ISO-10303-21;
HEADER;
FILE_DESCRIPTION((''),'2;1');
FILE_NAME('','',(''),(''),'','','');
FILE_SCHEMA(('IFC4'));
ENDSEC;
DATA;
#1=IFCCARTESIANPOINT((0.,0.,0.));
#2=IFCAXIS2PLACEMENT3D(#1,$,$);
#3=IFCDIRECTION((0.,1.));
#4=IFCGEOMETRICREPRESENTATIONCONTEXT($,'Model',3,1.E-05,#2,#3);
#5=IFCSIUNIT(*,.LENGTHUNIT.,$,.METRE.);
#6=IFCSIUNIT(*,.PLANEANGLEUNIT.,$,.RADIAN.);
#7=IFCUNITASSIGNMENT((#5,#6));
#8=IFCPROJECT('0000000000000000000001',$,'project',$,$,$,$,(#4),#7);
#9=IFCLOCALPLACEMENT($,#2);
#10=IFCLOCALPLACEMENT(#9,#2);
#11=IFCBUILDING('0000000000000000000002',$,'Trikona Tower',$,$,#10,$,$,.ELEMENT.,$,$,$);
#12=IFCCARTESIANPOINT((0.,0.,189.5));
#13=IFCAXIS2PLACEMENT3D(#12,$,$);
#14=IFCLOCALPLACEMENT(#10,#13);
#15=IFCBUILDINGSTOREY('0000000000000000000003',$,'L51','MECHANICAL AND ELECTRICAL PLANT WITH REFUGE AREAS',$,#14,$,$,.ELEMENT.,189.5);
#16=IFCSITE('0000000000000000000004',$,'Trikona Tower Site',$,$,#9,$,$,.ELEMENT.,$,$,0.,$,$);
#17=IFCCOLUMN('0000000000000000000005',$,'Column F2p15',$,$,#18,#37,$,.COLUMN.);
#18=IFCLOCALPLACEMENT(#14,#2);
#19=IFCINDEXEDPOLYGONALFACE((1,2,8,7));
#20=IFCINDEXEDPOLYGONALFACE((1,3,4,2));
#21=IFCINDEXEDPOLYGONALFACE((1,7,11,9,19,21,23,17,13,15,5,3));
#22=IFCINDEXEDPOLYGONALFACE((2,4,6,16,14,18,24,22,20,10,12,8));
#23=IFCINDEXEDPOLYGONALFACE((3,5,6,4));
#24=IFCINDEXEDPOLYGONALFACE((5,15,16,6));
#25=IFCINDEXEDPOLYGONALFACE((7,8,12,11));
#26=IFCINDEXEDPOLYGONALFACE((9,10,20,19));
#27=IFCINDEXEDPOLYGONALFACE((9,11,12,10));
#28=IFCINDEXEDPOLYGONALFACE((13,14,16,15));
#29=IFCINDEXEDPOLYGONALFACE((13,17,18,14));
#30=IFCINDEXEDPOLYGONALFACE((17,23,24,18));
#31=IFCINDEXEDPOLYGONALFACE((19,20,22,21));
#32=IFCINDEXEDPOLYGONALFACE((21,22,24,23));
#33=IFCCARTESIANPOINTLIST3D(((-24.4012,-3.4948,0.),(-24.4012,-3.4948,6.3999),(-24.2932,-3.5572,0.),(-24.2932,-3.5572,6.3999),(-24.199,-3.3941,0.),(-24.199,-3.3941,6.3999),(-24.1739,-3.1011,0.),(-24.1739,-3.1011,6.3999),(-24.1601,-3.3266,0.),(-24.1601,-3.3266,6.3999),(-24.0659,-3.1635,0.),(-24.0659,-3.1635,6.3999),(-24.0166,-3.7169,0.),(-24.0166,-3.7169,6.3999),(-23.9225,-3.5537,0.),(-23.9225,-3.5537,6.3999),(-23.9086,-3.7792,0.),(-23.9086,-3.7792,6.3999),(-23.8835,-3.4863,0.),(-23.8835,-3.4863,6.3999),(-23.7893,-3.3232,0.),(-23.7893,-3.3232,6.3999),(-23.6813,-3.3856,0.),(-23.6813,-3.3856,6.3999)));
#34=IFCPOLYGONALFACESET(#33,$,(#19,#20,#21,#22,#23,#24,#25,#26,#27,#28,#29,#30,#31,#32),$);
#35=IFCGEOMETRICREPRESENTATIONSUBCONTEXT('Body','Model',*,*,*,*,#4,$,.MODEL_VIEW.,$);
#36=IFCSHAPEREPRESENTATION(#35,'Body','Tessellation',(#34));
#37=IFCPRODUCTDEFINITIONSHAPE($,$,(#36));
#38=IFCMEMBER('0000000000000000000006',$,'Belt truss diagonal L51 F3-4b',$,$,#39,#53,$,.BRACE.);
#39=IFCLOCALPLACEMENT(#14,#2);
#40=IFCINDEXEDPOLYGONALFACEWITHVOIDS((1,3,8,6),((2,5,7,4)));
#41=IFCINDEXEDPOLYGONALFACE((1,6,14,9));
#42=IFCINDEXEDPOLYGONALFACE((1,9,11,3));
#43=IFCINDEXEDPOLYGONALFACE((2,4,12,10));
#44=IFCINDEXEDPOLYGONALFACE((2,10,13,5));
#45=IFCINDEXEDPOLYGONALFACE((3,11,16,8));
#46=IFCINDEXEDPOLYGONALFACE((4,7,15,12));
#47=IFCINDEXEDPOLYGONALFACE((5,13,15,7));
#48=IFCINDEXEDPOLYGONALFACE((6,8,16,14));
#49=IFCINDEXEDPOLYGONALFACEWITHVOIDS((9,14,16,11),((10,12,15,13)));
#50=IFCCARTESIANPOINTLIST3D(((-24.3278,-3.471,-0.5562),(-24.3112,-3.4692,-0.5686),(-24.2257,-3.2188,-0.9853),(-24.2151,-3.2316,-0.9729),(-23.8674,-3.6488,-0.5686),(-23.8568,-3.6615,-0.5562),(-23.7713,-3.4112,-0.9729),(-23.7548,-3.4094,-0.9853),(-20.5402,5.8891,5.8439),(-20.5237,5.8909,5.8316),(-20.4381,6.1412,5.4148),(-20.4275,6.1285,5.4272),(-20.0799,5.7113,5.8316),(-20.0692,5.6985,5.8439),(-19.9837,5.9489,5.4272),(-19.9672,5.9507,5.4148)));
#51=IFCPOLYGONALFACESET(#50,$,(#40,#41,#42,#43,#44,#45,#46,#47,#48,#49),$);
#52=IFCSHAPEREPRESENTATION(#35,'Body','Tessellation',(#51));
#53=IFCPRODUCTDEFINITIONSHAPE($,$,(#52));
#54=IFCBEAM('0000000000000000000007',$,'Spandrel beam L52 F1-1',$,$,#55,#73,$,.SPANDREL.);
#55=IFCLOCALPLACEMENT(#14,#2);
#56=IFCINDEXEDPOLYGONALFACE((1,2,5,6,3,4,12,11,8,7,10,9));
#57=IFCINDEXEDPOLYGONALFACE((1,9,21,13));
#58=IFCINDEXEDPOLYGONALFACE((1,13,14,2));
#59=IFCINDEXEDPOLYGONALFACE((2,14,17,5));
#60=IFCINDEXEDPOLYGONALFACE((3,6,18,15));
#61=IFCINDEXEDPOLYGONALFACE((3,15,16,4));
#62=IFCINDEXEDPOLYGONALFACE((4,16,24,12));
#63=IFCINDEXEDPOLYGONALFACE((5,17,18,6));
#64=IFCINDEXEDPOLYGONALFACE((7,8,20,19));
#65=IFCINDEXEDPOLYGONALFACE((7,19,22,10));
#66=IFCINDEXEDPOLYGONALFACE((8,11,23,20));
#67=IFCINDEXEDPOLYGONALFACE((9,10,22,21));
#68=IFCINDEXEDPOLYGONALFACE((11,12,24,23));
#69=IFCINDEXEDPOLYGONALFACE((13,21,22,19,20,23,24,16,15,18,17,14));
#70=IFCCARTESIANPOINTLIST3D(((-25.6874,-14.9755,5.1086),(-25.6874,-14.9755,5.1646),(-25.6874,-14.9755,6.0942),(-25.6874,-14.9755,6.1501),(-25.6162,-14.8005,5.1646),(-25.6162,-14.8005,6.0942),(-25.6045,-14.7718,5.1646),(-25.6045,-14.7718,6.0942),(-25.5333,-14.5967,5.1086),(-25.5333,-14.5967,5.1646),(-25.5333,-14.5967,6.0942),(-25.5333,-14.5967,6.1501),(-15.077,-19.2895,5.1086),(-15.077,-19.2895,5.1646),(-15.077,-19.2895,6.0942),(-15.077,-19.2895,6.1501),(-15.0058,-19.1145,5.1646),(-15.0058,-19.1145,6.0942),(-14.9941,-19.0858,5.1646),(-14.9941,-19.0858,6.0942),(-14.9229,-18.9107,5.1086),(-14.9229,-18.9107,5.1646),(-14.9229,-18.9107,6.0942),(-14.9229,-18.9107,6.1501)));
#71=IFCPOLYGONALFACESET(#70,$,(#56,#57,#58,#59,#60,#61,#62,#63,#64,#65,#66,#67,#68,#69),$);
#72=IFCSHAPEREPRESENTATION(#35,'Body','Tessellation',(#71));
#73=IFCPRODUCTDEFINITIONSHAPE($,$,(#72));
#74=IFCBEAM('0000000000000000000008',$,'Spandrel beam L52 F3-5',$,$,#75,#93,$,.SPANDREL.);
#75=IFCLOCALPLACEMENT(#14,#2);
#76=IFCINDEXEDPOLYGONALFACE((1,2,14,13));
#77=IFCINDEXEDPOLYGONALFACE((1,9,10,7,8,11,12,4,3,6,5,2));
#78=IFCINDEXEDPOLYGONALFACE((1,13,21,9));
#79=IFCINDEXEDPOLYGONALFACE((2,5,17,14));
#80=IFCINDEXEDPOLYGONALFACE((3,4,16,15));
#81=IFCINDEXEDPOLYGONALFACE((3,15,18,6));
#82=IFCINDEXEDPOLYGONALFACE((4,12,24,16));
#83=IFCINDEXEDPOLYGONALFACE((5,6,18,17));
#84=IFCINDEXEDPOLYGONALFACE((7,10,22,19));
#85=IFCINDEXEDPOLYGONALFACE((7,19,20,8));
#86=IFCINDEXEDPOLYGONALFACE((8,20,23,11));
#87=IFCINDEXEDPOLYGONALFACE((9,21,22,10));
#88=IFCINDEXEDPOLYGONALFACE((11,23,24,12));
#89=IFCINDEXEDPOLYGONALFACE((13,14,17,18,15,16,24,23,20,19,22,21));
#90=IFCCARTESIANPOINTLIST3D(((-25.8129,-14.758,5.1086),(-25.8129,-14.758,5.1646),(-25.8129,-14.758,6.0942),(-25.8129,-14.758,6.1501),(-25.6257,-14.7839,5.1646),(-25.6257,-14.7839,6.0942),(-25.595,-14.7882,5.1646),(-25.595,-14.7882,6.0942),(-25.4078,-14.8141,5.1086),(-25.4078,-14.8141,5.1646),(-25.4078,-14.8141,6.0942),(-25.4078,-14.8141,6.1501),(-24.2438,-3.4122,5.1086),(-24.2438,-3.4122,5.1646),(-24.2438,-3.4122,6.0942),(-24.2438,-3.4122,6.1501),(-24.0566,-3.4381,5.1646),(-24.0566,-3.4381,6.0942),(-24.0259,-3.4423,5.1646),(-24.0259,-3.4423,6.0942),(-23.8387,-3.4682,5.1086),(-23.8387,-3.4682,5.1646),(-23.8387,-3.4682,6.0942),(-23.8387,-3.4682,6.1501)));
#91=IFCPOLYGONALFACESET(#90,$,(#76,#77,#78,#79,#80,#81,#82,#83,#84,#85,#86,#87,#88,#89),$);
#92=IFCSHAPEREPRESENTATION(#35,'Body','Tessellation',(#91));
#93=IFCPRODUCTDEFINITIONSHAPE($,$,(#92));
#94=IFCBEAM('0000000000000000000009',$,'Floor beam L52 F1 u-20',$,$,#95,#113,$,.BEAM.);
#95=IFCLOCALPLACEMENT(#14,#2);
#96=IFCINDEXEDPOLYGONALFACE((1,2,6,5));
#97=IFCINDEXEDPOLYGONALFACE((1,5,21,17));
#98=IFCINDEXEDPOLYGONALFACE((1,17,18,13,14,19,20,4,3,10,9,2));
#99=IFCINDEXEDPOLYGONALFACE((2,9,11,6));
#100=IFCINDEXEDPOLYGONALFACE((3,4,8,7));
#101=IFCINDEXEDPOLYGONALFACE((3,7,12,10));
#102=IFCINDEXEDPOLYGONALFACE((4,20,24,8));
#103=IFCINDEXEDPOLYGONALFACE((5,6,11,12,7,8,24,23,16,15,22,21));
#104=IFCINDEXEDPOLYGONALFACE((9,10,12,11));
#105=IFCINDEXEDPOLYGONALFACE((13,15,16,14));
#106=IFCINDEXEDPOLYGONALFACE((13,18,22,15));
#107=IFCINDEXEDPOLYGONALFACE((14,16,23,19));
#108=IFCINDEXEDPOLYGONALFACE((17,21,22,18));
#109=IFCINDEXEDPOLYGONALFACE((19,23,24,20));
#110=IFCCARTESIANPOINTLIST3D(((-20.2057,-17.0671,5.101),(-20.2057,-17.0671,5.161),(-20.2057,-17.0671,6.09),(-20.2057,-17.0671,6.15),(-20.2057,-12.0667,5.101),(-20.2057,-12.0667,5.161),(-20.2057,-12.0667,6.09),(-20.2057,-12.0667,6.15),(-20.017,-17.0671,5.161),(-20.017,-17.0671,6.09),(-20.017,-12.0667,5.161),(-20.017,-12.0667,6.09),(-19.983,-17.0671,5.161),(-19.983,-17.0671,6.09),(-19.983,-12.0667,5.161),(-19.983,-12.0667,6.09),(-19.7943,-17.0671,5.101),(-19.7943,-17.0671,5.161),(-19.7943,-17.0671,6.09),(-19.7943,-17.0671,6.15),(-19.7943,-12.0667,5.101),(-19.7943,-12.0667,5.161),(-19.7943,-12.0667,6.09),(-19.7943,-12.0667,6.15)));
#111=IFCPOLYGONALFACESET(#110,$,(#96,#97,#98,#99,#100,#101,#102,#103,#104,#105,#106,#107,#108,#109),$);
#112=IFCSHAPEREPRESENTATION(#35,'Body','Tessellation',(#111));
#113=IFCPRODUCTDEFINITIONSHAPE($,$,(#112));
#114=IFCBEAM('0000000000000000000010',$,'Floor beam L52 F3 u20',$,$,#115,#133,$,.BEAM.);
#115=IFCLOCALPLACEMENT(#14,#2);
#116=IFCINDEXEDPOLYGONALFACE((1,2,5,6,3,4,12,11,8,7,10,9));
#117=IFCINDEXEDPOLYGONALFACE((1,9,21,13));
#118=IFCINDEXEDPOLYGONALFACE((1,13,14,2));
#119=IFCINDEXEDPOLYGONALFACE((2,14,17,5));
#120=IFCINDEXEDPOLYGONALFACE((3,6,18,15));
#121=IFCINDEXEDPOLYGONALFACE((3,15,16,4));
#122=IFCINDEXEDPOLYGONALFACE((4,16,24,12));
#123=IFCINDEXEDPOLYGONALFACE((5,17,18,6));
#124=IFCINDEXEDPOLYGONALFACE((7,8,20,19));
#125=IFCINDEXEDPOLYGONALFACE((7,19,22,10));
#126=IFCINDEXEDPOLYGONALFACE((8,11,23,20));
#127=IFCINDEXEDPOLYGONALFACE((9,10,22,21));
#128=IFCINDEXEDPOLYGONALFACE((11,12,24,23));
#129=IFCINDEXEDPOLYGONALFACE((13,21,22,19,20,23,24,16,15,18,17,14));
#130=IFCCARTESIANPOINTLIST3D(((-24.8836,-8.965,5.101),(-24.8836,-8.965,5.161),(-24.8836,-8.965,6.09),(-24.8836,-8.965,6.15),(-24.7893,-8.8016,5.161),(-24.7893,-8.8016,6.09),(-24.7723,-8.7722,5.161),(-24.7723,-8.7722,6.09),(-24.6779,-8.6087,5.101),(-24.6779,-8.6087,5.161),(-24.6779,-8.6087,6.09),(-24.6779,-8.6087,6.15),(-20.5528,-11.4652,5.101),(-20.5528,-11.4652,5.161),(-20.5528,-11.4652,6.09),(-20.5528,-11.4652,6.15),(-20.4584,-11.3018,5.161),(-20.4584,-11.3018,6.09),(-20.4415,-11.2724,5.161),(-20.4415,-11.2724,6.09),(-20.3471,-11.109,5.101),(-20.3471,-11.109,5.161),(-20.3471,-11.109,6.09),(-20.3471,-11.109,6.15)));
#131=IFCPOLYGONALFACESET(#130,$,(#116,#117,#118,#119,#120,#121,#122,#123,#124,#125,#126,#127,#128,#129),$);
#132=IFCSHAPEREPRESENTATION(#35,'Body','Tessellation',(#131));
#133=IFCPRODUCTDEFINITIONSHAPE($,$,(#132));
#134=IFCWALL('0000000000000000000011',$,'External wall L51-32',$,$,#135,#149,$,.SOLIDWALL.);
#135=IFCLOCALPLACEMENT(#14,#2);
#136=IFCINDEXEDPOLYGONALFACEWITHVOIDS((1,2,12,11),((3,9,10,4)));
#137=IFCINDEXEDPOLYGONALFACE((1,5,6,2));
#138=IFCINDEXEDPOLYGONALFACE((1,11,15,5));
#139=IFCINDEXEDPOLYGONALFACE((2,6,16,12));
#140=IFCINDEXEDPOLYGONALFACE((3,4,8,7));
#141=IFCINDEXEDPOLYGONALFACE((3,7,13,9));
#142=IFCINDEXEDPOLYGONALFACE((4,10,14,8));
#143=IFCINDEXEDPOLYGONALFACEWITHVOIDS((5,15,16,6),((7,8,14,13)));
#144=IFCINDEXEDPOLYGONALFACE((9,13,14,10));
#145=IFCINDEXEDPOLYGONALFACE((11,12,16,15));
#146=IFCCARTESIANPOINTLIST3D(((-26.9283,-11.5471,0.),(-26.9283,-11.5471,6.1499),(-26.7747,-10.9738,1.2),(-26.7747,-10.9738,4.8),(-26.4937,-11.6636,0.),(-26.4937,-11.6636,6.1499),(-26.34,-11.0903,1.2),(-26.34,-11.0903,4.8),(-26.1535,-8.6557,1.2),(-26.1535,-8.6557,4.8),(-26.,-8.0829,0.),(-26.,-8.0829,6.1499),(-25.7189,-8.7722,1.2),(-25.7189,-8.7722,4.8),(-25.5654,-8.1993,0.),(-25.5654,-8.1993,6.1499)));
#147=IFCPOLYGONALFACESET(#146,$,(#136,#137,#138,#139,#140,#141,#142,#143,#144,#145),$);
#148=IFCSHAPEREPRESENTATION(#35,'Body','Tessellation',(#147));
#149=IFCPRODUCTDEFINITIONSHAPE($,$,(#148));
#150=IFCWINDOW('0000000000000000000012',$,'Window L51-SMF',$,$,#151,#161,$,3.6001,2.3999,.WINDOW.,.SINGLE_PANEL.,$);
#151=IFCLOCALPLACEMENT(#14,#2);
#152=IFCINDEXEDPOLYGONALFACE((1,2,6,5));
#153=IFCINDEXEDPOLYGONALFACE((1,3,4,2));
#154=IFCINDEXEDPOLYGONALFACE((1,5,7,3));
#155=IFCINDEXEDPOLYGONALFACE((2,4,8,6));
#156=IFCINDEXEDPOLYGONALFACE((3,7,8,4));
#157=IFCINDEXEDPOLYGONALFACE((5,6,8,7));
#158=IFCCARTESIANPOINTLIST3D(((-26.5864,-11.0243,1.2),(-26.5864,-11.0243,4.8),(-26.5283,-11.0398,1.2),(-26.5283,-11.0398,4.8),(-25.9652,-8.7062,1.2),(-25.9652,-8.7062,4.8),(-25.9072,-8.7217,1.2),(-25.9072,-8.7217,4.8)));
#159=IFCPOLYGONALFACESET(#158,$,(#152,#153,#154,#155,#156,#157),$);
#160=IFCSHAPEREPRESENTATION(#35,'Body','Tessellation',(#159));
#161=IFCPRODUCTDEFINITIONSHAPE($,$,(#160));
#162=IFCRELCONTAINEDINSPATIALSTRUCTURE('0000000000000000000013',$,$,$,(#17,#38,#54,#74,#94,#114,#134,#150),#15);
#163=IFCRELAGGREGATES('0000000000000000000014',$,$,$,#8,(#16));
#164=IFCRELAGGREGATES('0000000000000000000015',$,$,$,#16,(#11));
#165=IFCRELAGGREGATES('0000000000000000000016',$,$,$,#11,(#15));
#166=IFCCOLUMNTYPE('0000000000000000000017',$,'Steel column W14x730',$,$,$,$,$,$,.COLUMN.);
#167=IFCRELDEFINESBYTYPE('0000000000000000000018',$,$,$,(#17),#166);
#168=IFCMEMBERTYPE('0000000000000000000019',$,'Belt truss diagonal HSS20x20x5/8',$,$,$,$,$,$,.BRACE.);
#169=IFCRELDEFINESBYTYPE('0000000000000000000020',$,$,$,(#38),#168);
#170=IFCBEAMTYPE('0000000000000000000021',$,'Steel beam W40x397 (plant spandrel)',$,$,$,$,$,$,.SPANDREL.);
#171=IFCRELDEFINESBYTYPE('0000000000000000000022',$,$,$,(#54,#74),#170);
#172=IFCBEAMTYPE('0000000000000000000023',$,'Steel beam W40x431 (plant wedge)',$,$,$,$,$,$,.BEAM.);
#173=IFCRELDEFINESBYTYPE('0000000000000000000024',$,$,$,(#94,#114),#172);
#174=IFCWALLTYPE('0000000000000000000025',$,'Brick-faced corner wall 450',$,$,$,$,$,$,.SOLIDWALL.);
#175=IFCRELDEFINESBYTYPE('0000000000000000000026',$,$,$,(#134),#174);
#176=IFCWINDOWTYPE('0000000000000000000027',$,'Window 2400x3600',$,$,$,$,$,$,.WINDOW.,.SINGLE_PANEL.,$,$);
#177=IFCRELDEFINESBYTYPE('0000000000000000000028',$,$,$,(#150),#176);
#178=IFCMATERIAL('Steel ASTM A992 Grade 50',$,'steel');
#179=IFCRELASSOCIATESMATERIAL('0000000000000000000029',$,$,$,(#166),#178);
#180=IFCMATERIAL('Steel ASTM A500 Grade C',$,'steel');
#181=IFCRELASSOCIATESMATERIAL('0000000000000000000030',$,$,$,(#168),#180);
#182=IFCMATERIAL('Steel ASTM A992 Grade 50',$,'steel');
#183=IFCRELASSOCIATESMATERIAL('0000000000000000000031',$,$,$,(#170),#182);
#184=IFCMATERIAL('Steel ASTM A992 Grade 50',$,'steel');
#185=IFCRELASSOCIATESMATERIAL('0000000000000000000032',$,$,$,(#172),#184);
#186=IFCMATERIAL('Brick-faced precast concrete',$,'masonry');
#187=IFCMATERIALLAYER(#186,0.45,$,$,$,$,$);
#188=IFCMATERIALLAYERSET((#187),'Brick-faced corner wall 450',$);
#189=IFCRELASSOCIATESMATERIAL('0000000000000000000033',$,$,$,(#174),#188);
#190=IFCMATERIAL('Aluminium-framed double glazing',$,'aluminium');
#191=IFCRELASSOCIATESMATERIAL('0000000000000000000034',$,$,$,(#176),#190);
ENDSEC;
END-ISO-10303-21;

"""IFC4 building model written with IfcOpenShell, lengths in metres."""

from ifc_helpers import new_model, si_unit, direction, frame, frame_2d, origin, origin_2d, place, context, subcontext, project, spatial, rectangle, hollow_rectangle, i_section, extrude, material, layer, layer_set, material_profile, profile_set, type_object, element, fill, save


model = new_model("IFC4")

# Units and contexts
model_context = context("Model", 3, precision=1e-05, world=origin(), true_north=direction((0.0, 1.0)))
body_context = subcontext(model_context, "Body", "Model", "MODEL_VIEW")
ifc_project = project(units=[si_unit("LENGTHUNIT", "METRE"), si_unit("PLANEANGLEUNIT", "RADIAN")], contexts=[model_context])

# Site, building, storey
site_placement = place(None, origin())
site = spatial("IfcSite", under=ifc_project, at=site_placement, Name="Trikona Tower Site", CompositionType="ELEMENT", RefElevation=0.0)
building_placement = place(site_placement, origin())
building = spatial("IfcBuilding", under=site, at=building_placement, Name="Trikona Tower", CompositionType="ELEMENT")
storey_placement = place(building_placement, frame((0.0, 0.0, 189.5)))
storey = spatial("IfcBuildingStorey", under=building, at=storey_placement, Name="L51", Description="MECHANICAL AND ELECTRICAL PLANT WITH REFUGE AREAS", CompositionType="ELEMENT", Elevation=189.5)

# Column
ifc_material_1 = material(Name="Steel ASTM A992 Grade 50", Category="steel")
ifc_material_profile_1 = material_profile(ifc_material_1, i_section(OverallWidth=0.4546, OverallDepth=0.5688, WebThickness=0.0779, FlangeThickness=0.1248, at=origin_2d()), Name="W14X730")
ifc_profile_set_1 = profile_set([ifc_material_profile_1], Name="Steel ASTM A992 Grade 50")
column_type = type_object("IfcColumnType", Name="Steel column W14x730", PredefinedType="COLUMN", material=ifc_profile_set_1)
column_placement = place(storey_placement, frame((-24.0413, -3.4402, 0.0), z_axis=(0.0, 0.0, 1.0), x_axis=(-0.5, -0.866025, 0.0)))
element("IfcColumn", 1, at=column_placement, inside=storey, type_object=column_type, Name="Column F2p15", PredefinedType="COLUMN", context=body_context, shape_type="SweptSolid", body=[
    extrude(i_section(OverallWidth=0.4546, OverallDepth=0.5688, WebThickness=0.0779, FlangeThickness=0.1248, at=origin_2d()), origin(), (0.0, 0.0, 1.0), 6.3999),
])

# Member
ifc_material_2 = material(Name="Steel ASTM A500 Grade C", Category="steel")
ifc_material_profile_2 = material_profile(ifc_material_2, hollow_rectangle(XDim=0.5081, YDim=0.5081, WallThickness=0.0146, at=origin_2d()), Name="HSS20X20X5/8")
ifc_profile_set_2 = profile_set([ifc_material_profile_2], Name="Steel ASTM A500 Grade C")
member_type = type_object("IfcMemberType", Name="Belt truss diagonal HSS20x20x5/8", PredefinedType="BRACE", material=ifc_profile_set_2)
member_placement = place(storey_placement, frame((-24.0413, -3.4402, -0.7708), z_axis=(0.316824, 0.782952, 0.535358), x_axis=(-0.926982, 0.375106, 0.0)))
element("IfcMember", 2, at=member_placement, inside=storey, type_object=member_type, Name="Belt truss diagonal L51 F3-4b", PredefinedType="BRACE", context=body_context, shape_type="SweptSolid", body=[
    extrude(hollow_rectangle(XDim=0.5081, YDim=0.5081, WallThickness=0.0146, at=origin_2d()), origin(), (0.0, 0.0, 1.0), 11.9548),
])

# Beams
ifc_material_3 = material(Name="Steel ASTM A992 Grade 50", Category="steel")
ifc_material_profile_3 = material_profile(ifc_material_3, i_section(OverallWidth=0.4089, OverallDepth=1.0415, WebThickness=0.031, FlangeThickness=0.0559, at=origin_2d()), Name="W40X397")
ifc_profile_set_3 = profile_set([ifc_material_profile_3], Name="Steel ASTM A992 Grade 50")
beam_type_1 = type_object("IfcBeamType", Name="Steel beam W40x397 (plant spandrel)", PredefinedType="SPANDREL", material=ifc_profile_set_3)
for number, where, z_axis, x_axis, name in (
    (3, (-25.6104, -14.7861, 5.6294), (0.92636, -0.37664, 0.0), (0.37664, 0.92636, 0.0), "Spandrel beam L52 F1-1"),
    (4, (-24.0413, -3.4402, 5.6294), (-0.136992, -0.990572, 0.0), (0.990572, -0.136992, 0.0), "Spandrel beam L52 F3-5"),
):
    element("IfcBeam", number, at=place(storey_placement, frame(where, z_axis=z_axis, x_axis=x_axis)), inside=storey, type_object=beam_type_1, Name=name, PredefinedType="SPANDREL", context=body_context, shape_type="SweptSolid", body=[
        extrude(i_section(OverallWidth=0.4089, OverallDepth=1.0415, WebThickness=0.031, FlangeThickness=0.0559, at=origin_2d()), origin(), (0.0, 0.0, 1.0), 11.4539),
    ])
ifc_material_4 = material(Name="Steel ASTM A992 Grade 50", Category="steel")
ifc_material_profile_4 = material_profile(ifc_material_4, i_section(OverallWidth=0.4114, OverallDepth=1.0491, WebThickness=0.0339, FlangeThickness=0.0601, at=origin_2d()), Name="W40X431")
ifc_profile_set_4 = profile_set([ifc_material_profile_4], Name="Steel ASTM A992 Grade 50")
beam_type_2 = type_object("IfcBeamType", Name="Steel beam W40x431 (plant wedge)", PredefinedType="BEAM", material=ifc_profile_set_4)
beam_1_placement = place(storey_placement, frame((-20.0, -12.0667, 5.6255), z_axis=(0.0, -1.0, 0.0), x_axis=(1.0, 0.0, 0.0)))
element("IfcBeam", 5, at=beam_1_placement, inside=storey, type_object=beam_type_2, Name="Floor beam L52 F1 u-20", PredefinedType="BEAM", context=body_context, shape_type="SweptSolid", body=[
    extrude(i_section(OverallWidth=0.4114, OverallDepth=1.0491, WebThickness=0.0339, FlangeThickness=0.0601, at=origin_2d()), origin(), (0.0, 0.0, 1.0), 5.0005),
])
beam_2_placement = place(storey_placement, frame((-20.45, -11.2871, 5.6255), z_axis=(-0.866038, 0.499977, 0.0), x_axis=(-0.499977, -0.866038, 0.0)))
element("IfcBeam", 6, at=beam_2_placement, inside=storey, type_object=beam_type_2, Name="Floor beam L52 F3 u20", PredefinedType="BEAM", context=body_context, shape_type="SweptSolid", body=[
    extrude(i_section(OverallWidth=0.4114, OverallDepth=1.0491, WebThickness=0.0339, FlangeThickness=0.0601, at=origin_2d()), origin(), (0.0, 0.0, 1.0), 5.0007),
])

# Wall, opening, window
ifc_material_5 = material(Name="Brick-faced precast concrete", Category="masonry")
ifc_layer_1 = layer(ifc_material_5, 0.45)
ifc_layer_set_1 = layer_set([ifc_layer_1], Name="Brick-faced corner wall 450")
wall_type_1 = type_object("IfcWallType", Name="Brick-faced corner wall 450", PredefinedType="SOLIDWALL", material=ifc_layer_set_1)
wall_1_placement = place(storey_placement, frame((-25.7827, -8.1411, 0.0), z_axis=(0.0, 0.0, 1.0), x_axis=(-0.258823, -0.965925, 0.0)))
wall_1 = element("IfcWall", 7, at=wall_1_placement, inside=storey, type_object=wall_type_1, Name="External wall L51-32", PredefinedType="SOLIDWALL", context=body_context, shape_type="SweptSolid", body=[
    extrude(rectangle(XDim=3.5864, YDim=0.45, at=frame_2d((1.7932, 0.0))), origin(), (0.0, 0.0, 1.0), 6.1499),
])
opening_1_placement = place(wall_1_placement, frame((0.593, 0.0, 1.2)))
opening_1 = element("IfcOpeningElement", 8, at=opening_1_placement, cuts=wall_1, PredefinedType="OPENING", context=body_context, shape_type="SweptSolid", body=[
    extrude(rectangle(XDim=2.3999, YDim=3.6001, at=frame_2d((1.2, 1.8))), frame((0.0, 0.2349, 0.0), z_axis=(0.0, -1.0, 0.0), x_axis=(1.0, 0.0, 0.0)), (0.0, 0.0, 1.0), 0.47),
])
ifc_material_6 = material(Name="Aluminium-framed double glazing", Category="aluminium")
window_type_1 = type_object("IfcWindowType", Name="Window 2400x3600", PartitioningType="SINGLE_PANEL", PredefinedType="WINDOW", material=ifc_material_6)
window_1_placement = place(opening_1_placement, origin())
window_1 = element("IfcWindow", 9, at=window_1_placement, inside=storey, type_object=window_type_1, Name="Window L51-SMF", OverallHeight=3.6001, OverallWidth=2.3999, PartitioningType="SINGLE_PANEL", PredefinedType="WINDOW", context=body_context, shape_type="SweptSolid", body=[
    extrude(rectangle(XDim=2.3999, YDim=3.6001, at=frame_2d((1.2, 1.8))), frame((0.0, 0.03, 0.0), z_axis=(0.0, -1.0, 0.0), x_axis=(1.0, 0.0, 0.0)), (0.0, 0.0, 1.0), 0.0601),
])
fill(opening_1, window_1)

save(model, "model.ifc")
